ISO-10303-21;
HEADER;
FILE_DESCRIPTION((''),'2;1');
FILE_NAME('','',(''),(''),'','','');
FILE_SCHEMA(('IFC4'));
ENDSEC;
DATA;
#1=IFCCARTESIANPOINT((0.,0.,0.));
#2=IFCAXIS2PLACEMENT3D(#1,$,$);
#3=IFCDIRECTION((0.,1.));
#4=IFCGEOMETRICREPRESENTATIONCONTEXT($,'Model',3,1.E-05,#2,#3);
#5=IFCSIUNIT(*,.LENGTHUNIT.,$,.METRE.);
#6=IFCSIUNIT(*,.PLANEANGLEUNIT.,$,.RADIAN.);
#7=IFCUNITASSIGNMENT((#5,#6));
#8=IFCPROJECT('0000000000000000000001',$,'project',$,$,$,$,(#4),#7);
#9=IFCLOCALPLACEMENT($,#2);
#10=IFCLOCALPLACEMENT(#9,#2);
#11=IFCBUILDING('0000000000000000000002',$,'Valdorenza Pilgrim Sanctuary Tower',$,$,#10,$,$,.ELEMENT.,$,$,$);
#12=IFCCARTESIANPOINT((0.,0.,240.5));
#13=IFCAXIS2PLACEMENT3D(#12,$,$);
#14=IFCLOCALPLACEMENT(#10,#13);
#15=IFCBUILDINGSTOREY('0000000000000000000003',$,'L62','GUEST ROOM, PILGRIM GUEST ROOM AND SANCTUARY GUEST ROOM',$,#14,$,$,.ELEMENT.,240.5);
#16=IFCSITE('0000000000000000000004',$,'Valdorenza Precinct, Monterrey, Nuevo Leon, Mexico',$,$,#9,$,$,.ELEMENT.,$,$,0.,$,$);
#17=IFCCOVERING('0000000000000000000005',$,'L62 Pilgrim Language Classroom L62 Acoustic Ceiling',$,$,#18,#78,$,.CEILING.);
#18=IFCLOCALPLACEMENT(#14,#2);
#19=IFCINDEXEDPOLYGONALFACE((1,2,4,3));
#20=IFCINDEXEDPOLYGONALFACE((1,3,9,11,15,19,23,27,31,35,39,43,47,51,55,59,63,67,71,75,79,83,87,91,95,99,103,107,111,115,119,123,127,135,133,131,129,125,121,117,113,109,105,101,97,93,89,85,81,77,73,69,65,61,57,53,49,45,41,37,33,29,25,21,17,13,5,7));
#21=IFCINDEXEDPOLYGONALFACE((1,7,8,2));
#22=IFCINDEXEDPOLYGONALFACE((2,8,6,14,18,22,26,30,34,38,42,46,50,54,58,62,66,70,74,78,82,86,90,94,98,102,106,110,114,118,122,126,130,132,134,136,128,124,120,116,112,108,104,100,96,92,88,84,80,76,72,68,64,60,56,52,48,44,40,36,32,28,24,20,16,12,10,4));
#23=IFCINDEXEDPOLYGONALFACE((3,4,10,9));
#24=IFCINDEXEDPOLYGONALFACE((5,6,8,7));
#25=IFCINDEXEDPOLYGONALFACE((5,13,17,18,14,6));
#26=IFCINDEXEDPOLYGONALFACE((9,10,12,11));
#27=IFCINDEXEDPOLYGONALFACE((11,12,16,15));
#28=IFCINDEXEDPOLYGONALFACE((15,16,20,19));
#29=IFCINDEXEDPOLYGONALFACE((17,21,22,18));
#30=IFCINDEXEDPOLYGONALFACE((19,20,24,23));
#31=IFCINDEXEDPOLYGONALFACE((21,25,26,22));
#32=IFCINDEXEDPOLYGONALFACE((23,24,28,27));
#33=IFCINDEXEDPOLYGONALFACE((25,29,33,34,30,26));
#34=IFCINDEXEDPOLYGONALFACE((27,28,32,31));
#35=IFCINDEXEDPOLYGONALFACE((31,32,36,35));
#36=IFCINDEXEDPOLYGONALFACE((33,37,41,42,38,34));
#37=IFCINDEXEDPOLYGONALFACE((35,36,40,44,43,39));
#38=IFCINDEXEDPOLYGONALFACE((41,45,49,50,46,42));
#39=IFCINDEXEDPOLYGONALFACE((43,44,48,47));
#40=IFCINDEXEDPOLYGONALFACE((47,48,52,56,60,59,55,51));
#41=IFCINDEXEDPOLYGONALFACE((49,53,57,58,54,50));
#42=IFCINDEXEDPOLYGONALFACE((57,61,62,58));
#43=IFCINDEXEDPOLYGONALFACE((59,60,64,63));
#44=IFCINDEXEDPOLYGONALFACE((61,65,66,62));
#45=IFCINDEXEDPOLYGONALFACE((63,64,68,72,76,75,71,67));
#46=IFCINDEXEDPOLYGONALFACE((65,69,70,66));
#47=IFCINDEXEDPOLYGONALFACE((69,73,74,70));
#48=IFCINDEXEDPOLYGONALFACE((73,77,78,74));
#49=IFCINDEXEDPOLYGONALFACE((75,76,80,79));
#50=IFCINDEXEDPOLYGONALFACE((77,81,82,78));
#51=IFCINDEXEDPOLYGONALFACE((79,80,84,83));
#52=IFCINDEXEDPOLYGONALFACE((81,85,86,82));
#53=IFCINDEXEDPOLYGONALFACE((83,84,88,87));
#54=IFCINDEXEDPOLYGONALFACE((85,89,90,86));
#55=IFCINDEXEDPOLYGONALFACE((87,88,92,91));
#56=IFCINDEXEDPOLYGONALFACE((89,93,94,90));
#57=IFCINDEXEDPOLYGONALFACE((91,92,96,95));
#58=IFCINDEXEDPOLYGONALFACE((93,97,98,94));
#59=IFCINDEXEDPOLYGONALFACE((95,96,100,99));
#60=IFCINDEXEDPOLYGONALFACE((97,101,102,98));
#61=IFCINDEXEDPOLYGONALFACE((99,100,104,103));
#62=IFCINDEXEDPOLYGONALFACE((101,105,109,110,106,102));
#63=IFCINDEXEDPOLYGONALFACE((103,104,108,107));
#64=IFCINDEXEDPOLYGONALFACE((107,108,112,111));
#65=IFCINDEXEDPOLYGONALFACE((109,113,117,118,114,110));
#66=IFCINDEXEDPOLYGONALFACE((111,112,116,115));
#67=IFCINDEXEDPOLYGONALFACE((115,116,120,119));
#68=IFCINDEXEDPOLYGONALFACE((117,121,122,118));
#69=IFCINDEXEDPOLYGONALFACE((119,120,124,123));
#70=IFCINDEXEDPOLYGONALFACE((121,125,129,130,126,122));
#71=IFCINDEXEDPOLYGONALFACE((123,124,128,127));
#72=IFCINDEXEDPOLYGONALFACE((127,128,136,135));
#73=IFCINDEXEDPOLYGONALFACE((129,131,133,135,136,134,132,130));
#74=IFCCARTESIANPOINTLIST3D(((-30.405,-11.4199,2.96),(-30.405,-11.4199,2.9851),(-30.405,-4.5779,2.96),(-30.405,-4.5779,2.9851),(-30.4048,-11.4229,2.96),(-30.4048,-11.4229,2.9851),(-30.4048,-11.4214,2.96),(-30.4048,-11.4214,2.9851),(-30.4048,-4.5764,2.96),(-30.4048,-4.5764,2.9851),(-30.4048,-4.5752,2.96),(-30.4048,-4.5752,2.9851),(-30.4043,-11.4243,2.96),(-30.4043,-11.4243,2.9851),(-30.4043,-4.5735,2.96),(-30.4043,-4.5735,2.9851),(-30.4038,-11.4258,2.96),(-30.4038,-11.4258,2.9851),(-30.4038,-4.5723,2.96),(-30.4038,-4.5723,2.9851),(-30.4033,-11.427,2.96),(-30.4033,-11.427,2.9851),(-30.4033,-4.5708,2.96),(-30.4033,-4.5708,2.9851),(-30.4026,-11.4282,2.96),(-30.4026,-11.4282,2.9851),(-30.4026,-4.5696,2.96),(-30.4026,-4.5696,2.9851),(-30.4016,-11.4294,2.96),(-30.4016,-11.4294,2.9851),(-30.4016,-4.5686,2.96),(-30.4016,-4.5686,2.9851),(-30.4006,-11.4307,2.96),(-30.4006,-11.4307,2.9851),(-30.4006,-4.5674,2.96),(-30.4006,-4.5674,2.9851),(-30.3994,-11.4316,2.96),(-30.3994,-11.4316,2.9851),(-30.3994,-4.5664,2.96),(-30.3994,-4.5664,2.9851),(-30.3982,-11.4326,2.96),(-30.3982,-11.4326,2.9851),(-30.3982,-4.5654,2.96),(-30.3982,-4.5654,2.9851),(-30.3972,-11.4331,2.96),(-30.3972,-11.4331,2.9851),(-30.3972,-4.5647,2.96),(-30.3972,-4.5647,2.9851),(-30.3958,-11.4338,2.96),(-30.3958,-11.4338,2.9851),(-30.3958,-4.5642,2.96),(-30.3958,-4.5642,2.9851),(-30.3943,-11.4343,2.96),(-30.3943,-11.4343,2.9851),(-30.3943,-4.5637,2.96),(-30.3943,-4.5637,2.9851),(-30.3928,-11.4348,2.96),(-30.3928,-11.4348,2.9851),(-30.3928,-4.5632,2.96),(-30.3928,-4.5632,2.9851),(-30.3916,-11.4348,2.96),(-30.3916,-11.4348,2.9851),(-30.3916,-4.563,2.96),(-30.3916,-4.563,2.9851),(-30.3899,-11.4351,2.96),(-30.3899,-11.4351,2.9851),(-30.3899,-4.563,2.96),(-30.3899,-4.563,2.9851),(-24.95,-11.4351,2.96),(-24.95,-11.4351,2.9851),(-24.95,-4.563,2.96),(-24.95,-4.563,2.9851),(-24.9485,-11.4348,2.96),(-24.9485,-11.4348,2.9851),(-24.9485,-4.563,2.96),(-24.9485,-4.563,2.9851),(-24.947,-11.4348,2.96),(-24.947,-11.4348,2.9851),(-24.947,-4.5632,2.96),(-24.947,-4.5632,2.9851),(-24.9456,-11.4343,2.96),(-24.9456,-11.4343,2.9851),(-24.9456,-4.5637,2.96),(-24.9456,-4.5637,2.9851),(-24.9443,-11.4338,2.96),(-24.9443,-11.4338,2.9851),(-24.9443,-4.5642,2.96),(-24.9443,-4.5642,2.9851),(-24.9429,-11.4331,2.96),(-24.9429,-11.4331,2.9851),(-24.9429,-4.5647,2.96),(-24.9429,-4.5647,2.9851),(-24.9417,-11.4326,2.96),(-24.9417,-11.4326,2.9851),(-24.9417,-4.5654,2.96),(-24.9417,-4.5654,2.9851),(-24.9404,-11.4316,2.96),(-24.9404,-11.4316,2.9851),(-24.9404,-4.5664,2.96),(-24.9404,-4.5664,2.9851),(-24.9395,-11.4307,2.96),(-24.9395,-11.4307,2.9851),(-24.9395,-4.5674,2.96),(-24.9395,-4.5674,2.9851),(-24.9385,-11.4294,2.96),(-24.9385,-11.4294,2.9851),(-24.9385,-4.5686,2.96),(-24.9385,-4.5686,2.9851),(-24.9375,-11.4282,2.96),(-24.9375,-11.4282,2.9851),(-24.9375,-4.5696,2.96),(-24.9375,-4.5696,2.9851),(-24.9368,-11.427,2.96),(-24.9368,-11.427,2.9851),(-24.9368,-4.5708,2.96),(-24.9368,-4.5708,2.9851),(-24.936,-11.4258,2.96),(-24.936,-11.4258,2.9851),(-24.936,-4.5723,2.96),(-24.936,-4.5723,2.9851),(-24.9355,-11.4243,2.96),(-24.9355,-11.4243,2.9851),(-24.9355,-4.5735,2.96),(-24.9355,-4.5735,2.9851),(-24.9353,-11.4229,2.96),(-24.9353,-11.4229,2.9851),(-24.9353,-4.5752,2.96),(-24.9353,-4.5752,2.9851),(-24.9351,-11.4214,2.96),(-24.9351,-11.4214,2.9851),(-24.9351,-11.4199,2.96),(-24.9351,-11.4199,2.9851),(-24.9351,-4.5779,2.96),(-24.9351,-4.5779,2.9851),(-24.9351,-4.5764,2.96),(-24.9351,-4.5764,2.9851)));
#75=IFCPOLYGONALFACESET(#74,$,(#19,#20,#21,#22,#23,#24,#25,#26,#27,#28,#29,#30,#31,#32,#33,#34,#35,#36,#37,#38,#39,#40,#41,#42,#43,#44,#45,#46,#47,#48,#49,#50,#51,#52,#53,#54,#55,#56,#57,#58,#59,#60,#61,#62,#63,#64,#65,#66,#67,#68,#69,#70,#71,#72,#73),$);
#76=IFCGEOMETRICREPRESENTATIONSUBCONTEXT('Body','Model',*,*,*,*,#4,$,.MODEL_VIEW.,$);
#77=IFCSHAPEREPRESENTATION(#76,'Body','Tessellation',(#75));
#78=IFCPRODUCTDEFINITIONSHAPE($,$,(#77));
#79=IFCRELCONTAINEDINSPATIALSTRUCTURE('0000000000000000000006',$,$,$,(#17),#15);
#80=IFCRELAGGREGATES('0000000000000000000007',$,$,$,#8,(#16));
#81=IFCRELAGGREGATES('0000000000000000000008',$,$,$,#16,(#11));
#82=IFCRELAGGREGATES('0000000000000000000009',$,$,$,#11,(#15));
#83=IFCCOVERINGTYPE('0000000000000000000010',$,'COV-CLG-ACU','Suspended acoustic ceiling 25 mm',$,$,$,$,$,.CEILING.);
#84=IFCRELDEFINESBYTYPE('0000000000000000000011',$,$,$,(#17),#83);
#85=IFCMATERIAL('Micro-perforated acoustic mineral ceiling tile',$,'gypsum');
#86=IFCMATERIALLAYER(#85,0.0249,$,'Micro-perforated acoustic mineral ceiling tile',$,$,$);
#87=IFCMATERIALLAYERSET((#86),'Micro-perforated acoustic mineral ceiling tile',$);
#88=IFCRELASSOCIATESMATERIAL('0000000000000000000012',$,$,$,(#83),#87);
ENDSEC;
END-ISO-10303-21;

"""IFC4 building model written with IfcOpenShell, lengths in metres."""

from ifc_helpers import new_model, si_unit, direction, frame, origin, place, context, subcontext, project, spatial, polyline, outline, extrude, material, layer, layer_set, type_object, element, save


model = new_model("IFC4")

# Units and contexts
model_context = context("Model", 3, precision=1e-05, world=origin(), true_north=direction((0.0, 1.0)))
body_context = subcontext(model_context, "Body", "Model", "MODEL_VIEW")
ifc_project = project(units=[si_unit("LENGTHUNIT", "METRE"), si_unit("PLANEANGLEUNIT", "RADIAN")], contexts=[model_context])

# Site, building, storey
site_placement = place(None, origin())
site = spatial("IfcSite", under=ifc_project, at=site_placement, Name="Valdorenza Precinct, Monterrey, Nuevo Leon, Mexico", CompositionType="ELEMENT", RefElevation=0.0)
building_placement = place(site_placement, origin())
building = spatial("IfcBuilding", under=site, at=building_placement, Name="Valdorenza Pilgrim Sanctuary Tower", CompositionType="ELEMENT")
storey_placement = place(building_placement, frame((0.0, 0.0, 240.5)))
storey = spatial("IfcBuildingStorey", under=building, at=storey_placement, Name="L62", Description="GUEST ROOM, PILGRIM GUEST ROOM AND SANCTUARY GUEST ROOM", CompositionType="ELEMENT", Elevation=240.5)

# Covering
ifc_material_1 = material(Name="Micro-perforated acoustic mineral ceiling tile", Category="gypsum")
ifc_layer_1 = layer(ifc_material_1, 0.0249, Name="Micro-perforated acoustic mineral ceiling tile")
ifc_layer_set_1 = layer_set([ifc_layer_1], Name="Micro-perforated acoustic mineral ceiling tile")
covering_type_1 = type_object("IfcCoveringType", Name="COV-CLG-ACU", Description="Suspended acoustic ceiling 25 mm", PredefinedType="CEILING", material=ifc_layer_set_1)
covering_1_placement = place(storey_placement, frame((0.0, 0.0, 2.96)))
element("IfcCovering", 1, at=covering_1_placement, inside=storey, type_object=covering_type_1, Name="L62 Pilgrim Language Classroom L62 Acoustic Ceiling", PredefinedType="CEILING", context=body_context, shape_type="SweptSolid", body=[
    extrude(outline(polyline([(-24.9351, -11.4199), (-24.9351, -11.4214), (-24.9353, -11.4229), (-24.9355, -11.4243), (-24.936, -11.4258), (-24.9368, -11.427), (-24.9375, -11.4282), (-24.9385, -11.4294), (-24.9395, -11.4307), (-24.9404, -11.4316), (-24.9417, -11.4326), (-24.9429, -11.4331), (-24.9443, -11.4338), (-24.9456, -11.4343), (-24.947, -11.4348), (-24.9485, -11.4348), (-24.95, -11.4351), (-30.3899, -11.4351), (-30.3916, -11.4348), (-30.3928, -11.4348), (-30.3943, -11.4343), (-30.3958, -11.4338), (-30.3972, -11.4331), (-30.3982, -11.4326), (-30.3994, -11.4316), (-30.4006, -11.4307), (-30.4016, -11.4294), (-30.4026, -11.4282), (-30.4033, -11.427), (-30.4038, -11.4258), (-30.4043, -11.4243), (-30.4048, -11.4229), (-30.4048, -11.4214), (-30.405, -11.4199), (-30.405, -4.5779), (-30.4048, -4.5764), (-30.4048, -4.5752), (-30.4043, -4.5735), (-30.4038, -4.5723), (-30.4033, -4.5708), (-30.4026, -4.5696), (-30.4016, -4.5686), (-30.4006, -4.5674), (-30.3994, -4.5664), (-30.3982, -4.5654), (-30.3972, -4.5647), (-30.3958, -4.5642), (-30.3943, -4.5637), (-30.3928, -4.5632), (-30.3916, -4.563), (-30.3899, -4.563), (-24.95, -4.563), (-24.9485, -4.563), (-24.947, -4.5632), (-24.9456, -4.5637), (-24.9443, -4.5642), (-24.9429, -4.5647), (-24.9417, -4.5654), (-24.9404, -4.5664), (-24.9395, -4.5674), (-24.9385, -4.5686), (-24.9375, -4.5696), (-24.9368, -4.5708), (-24.936, -4.5723), (-24.9355, -4.5735), (-24.9353, -4.5752), (-24.9351, -4.5764), (-24.9351, -4.5779), (-24.9351, -11.4199)])), origin(), (0.0, 0.0, 1.0), 0.0251),
])

save(model, "model.ifc")
